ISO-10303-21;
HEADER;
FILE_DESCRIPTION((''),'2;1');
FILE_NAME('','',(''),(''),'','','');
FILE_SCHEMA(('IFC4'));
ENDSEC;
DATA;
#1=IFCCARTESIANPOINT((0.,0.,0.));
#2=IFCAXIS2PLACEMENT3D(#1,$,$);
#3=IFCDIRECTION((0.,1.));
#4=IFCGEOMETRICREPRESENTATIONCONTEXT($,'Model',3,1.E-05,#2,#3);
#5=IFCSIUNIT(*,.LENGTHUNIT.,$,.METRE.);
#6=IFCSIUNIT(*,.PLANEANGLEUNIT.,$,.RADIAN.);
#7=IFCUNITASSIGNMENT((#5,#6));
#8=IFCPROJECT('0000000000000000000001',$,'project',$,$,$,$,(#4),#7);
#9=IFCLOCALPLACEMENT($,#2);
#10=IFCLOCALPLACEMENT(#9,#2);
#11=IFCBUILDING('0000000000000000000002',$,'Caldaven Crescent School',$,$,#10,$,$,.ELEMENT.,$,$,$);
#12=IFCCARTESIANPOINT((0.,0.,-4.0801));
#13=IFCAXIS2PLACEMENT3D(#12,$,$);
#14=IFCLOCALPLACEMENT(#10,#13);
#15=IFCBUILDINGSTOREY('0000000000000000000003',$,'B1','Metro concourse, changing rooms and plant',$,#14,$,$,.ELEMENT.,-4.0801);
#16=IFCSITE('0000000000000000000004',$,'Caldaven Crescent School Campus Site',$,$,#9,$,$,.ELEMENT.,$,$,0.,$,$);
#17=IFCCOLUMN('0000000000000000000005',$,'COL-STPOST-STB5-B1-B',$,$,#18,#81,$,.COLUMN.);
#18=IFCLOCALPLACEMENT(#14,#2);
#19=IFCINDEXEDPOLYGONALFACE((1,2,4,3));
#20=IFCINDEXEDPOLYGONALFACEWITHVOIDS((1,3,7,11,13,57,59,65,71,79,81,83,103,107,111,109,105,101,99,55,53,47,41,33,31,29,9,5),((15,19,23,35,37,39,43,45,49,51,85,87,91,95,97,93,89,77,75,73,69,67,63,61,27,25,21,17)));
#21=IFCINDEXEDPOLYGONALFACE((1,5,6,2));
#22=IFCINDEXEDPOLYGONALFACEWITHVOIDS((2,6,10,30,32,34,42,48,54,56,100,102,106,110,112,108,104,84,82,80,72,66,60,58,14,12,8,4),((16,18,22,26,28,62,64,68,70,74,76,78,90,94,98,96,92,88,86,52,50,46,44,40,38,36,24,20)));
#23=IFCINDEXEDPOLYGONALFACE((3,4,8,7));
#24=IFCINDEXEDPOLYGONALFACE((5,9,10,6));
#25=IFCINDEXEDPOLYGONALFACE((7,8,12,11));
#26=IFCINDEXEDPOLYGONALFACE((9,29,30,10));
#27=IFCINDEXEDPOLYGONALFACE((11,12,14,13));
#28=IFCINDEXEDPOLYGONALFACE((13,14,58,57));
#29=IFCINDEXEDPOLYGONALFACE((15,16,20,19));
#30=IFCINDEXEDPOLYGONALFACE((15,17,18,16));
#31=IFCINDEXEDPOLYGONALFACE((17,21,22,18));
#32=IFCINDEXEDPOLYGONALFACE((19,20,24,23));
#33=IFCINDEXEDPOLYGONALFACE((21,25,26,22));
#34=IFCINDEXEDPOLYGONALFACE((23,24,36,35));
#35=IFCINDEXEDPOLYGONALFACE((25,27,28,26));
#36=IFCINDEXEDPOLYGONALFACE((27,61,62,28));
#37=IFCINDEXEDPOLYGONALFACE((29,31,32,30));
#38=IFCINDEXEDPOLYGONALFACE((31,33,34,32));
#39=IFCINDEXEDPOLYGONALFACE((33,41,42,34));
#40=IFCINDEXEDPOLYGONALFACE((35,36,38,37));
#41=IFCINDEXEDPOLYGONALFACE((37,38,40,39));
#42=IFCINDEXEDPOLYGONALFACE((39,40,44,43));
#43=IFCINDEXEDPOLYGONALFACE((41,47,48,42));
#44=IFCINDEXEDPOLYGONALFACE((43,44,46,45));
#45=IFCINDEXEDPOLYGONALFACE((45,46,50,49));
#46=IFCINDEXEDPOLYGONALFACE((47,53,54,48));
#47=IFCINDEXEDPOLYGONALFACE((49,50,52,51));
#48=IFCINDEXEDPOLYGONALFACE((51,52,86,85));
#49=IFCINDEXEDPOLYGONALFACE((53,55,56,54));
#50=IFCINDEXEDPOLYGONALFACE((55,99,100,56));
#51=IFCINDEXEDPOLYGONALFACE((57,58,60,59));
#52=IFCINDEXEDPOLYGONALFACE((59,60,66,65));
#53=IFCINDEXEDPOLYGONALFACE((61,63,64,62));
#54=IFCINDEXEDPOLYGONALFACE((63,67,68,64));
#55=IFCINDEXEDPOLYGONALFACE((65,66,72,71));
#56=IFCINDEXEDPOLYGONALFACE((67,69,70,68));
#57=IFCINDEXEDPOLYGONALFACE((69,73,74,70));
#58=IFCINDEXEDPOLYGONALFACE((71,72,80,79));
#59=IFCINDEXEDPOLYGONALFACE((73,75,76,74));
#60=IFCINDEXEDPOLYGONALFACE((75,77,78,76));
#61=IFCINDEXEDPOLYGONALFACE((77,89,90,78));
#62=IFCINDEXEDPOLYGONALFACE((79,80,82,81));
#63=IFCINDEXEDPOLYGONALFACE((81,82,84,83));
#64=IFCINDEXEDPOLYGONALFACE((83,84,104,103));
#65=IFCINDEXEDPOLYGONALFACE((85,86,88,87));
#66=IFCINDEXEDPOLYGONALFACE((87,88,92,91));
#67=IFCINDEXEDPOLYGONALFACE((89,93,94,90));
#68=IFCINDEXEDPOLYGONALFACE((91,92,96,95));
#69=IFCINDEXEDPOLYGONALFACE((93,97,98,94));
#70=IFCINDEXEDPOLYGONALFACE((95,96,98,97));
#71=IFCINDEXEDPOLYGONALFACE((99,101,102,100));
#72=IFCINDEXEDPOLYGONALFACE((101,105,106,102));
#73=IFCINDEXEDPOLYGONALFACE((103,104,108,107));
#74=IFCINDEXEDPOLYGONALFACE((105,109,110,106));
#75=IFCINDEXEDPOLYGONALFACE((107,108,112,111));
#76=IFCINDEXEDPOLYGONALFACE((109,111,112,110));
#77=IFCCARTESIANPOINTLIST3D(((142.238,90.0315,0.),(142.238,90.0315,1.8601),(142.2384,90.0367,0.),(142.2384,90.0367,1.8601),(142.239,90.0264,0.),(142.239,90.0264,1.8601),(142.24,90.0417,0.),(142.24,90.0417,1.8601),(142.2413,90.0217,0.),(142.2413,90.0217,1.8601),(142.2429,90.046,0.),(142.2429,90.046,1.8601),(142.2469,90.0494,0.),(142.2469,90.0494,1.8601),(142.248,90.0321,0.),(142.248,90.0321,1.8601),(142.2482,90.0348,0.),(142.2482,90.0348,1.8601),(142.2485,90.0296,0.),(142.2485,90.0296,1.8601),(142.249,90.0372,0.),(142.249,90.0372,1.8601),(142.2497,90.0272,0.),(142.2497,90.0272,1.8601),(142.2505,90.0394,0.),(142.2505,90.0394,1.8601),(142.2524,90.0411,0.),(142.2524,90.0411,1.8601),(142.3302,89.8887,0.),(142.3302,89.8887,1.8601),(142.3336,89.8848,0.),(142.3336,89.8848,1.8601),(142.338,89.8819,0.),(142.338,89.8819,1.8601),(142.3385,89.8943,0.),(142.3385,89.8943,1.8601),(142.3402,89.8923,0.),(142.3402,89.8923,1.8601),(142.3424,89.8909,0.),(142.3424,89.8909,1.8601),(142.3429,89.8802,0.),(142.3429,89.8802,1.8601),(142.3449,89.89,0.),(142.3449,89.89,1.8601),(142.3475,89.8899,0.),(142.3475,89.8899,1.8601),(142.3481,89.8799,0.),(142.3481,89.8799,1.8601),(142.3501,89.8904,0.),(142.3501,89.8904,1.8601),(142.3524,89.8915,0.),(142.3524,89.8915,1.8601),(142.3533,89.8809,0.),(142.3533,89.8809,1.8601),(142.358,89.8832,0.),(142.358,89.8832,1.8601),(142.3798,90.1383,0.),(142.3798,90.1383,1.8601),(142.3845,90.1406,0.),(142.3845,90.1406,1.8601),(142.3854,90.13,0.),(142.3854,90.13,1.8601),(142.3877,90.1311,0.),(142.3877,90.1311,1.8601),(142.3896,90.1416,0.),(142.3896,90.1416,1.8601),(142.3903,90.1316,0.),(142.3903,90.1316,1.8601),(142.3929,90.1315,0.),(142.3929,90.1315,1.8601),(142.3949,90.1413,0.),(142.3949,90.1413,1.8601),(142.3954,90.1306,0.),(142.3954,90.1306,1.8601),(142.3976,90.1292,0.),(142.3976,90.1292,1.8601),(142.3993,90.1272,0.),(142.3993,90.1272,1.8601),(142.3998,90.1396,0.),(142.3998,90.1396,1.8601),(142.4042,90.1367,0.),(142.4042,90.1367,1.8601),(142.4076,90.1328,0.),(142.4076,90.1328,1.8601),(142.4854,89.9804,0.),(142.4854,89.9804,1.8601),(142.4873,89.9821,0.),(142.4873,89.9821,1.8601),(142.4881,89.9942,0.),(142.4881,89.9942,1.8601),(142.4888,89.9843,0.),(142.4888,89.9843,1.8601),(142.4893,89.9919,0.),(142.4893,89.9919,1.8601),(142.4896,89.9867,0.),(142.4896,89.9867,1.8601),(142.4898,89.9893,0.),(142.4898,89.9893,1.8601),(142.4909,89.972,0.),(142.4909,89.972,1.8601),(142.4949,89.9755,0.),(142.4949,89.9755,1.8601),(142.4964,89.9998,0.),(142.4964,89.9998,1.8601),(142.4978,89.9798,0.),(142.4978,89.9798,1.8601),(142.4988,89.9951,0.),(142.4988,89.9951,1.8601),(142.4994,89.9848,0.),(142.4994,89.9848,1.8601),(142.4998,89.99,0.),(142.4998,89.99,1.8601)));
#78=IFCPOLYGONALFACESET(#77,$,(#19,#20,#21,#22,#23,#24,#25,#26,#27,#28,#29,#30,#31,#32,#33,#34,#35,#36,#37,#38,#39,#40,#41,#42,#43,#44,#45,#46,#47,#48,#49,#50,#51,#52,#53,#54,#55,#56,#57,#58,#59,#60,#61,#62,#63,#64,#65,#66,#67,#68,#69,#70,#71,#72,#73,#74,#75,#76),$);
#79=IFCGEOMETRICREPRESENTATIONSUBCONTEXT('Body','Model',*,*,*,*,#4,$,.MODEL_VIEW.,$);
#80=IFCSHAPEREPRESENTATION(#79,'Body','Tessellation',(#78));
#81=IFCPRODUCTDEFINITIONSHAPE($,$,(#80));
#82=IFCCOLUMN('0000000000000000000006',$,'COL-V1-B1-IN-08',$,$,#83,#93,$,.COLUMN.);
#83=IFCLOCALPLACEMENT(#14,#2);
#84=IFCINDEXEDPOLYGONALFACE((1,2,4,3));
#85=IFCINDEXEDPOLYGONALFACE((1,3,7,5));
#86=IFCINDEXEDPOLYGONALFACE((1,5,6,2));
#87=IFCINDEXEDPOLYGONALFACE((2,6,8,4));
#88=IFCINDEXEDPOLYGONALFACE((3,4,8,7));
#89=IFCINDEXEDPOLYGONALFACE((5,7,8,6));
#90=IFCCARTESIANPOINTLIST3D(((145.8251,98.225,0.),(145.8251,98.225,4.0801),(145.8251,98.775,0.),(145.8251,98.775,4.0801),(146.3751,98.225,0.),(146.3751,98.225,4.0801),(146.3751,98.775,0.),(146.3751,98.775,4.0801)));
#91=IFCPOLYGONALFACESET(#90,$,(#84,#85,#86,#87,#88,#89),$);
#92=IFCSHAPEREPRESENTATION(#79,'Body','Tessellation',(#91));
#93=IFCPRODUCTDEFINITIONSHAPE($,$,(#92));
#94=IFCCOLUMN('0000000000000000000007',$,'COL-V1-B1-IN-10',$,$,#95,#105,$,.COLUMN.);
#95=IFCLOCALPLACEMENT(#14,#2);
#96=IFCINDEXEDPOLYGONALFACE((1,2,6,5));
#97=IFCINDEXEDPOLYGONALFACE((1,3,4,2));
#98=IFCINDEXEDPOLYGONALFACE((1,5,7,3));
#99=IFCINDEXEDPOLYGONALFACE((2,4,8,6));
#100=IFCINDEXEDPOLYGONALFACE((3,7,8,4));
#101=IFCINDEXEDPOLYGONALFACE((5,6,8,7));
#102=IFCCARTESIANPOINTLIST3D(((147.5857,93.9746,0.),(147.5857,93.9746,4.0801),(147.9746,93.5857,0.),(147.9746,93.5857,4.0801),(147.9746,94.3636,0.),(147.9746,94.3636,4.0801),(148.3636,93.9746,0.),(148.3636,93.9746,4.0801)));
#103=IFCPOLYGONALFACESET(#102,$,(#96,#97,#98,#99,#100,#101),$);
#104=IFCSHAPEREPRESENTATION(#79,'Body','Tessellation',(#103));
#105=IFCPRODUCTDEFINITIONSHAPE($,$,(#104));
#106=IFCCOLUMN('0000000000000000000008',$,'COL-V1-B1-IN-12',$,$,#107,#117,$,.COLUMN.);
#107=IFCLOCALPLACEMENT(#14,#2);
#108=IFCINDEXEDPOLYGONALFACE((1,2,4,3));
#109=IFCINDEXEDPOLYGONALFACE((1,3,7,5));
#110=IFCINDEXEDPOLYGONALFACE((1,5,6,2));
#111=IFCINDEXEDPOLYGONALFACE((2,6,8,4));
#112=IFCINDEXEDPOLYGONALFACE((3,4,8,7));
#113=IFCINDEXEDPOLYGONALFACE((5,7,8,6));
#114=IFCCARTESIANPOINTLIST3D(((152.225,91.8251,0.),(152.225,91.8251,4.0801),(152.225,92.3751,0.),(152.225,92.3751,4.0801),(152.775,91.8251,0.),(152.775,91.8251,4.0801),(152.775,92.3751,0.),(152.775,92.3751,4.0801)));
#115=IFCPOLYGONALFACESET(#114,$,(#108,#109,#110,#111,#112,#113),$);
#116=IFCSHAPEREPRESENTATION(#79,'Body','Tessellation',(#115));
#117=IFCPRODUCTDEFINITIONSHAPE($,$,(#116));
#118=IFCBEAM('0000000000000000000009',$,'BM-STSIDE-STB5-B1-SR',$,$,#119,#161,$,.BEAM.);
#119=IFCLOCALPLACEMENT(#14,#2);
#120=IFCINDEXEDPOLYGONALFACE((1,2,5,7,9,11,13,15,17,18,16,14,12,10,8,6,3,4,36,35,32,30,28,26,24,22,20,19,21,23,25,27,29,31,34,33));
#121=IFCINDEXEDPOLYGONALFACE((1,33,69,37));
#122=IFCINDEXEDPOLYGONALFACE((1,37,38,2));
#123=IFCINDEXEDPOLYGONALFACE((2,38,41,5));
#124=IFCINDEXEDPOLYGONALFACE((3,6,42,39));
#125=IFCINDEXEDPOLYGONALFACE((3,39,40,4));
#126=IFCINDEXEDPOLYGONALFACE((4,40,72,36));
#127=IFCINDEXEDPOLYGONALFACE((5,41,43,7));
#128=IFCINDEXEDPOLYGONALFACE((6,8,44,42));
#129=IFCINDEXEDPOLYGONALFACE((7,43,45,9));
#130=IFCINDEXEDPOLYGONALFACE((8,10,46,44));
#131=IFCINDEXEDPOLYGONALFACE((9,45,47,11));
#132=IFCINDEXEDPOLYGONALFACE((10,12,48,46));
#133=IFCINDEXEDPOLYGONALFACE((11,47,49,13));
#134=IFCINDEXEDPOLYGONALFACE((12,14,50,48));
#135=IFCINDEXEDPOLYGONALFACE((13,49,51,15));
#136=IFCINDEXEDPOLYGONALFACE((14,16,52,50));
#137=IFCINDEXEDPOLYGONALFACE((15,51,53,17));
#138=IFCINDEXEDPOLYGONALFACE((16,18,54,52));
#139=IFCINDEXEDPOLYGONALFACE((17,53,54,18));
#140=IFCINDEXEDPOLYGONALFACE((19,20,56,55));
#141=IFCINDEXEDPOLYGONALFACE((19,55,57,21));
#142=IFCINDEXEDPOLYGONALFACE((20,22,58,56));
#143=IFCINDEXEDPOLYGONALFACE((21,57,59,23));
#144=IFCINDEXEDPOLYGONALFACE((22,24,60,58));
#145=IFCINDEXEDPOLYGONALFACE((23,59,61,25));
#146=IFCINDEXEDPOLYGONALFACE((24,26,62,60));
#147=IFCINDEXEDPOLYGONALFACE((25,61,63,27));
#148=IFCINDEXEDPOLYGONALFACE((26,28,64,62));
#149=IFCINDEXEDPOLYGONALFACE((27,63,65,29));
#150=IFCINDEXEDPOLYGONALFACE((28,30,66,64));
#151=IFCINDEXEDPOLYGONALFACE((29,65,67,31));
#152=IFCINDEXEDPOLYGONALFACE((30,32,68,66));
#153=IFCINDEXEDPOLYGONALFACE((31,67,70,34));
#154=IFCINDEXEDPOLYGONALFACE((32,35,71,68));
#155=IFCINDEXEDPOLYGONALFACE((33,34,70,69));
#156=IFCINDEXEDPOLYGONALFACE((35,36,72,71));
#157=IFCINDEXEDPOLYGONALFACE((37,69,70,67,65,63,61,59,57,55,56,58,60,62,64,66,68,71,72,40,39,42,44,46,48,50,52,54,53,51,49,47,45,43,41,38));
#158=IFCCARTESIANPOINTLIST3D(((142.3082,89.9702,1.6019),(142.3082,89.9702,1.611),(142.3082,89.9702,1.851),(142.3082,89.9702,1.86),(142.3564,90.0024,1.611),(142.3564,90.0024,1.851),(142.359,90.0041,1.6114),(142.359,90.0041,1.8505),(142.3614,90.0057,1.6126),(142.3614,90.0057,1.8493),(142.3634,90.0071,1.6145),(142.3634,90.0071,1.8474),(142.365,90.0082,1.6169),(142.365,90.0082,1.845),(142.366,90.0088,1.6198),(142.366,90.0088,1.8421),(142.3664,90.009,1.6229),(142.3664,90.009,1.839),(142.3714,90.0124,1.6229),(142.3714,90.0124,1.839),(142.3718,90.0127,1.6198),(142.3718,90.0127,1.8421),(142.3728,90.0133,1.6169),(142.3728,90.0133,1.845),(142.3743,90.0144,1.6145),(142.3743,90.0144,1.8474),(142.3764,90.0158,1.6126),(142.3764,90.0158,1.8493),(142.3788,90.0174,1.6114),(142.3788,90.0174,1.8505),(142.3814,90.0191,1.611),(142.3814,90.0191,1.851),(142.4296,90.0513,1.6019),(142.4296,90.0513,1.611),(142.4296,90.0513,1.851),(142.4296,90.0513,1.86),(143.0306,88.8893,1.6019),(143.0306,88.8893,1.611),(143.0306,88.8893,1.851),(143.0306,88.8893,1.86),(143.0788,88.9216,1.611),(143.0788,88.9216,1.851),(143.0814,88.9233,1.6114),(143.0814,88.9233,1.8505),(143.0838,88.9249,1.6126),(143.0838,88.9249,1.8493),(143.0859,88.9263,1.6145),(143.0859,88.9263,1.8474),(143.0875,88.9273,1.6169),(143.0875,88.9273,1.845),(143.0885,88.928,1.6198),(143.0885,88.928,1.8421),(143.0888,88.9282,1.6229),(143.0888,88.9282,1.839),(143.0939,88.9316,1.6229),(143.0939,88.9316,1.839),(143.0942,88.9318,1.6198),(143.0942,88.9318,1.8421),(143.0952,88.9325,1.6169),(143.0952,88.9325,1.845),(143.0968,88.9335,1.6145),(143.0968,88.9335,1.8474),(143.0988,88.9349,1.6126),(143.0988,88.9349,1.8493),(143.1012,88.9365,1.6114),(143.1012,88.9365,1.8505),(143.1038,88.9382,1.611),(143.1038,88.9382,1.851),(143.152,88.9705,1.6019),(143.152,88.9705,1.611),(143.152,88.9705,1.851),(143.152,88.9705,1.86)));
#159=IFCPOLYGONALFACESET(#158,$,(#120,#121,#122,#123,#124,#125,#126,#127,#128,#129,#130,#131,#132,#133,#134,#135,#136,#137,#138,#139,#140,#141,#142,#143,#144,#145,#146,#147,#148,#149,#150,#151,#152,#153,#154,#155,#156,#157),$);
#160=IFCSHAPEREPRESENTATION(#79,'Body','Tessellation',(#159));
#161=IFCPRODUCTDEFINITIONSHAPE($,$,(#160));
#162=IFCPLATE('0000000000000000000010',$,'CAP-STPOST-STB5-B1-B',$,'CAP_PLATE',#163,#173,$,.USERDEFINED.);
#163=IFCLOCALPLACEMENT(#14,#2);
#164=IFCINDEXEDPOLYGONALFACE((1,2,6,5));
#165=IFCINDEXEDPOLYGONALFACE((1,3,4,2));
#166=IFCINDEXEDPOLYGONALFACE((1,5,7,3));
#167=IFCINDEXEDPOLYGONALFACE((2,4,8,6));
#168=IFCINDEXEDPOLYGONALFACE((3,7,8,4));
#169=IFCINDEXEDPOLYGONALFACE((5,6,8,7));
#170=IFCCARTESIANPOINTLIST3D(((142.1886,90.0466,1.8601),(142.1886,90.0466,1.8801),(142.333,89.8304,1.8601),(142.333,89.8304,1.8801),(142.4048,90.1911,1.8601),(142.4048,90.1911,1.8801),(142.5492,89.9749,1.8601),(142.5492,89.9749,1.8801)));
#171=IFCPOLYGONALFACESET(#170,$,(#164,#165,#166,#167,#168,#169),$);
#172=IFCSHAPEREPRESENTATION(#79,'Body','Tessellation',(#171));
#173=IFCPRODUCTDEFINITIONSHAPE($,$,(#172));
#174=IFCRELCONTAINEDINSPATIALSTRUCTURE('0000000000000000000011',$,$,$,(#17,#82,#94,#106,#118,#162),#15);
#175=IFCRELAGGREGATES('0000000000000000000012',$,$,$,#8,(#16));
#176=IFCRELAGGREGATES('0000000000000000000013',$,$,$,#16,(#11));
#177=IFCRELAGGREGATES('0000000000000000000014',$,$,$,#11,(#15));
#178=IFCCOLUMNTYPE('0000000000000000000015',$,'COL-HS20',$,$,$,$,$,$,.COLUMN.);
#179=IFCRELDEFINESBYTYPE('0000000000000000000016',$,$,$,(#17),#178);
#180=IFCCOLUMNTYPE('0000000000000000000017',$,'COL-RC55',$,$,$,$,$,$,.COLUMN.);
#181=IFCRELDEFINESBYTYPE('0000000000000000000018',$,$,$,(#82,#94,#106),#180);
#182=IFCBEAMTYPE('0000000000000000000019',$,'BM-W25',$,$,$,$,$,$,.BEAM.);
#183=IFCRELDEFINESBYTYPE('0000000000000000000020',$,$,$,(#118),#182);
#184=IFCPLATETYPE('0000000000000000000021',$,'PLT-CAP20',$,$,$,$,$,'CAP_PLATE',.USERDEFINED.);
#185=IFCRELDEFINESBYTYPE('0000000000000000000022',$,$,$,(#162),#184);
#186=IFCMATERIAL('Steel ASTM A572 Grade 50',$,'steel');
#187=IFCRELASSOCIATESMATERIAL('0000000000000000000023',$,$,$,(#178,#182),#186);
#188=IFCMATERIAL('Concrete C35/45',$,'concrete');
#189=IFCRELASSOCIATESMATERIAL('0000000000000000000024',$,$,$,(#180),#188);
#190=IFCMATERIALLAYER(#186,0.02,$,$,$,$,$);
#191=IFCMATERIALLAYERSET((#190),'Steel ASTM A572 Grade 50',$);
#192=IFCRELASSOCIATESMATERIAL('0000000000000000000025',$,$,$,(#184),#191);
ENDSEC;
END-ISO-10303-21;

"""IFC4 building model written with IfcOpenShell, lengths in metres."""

from ifc_helpers import new_model, si_unit, direction, frame, origin, origin_2d, place, context, subcontext, project, spatial, rectangle, hollow_rectangle, i_section, extrude, material, layer, layer_set, material_profile, profile_set, type_object, element, save


model = new_model("IFC4")

# Units and contexts
model_context = context("Model", 3, precision=1e-05, world=origin(), true_north=direction((0.0, 1.0)))
body_context = subcontext(model_context, "Body", "Model", "MODEL_VIEW")
ifc_project = project(units=[si_unit("LENGTHUNIT", "METRE"), si_unit("PLANEANGLEUNIT", "RADIAN")], contexts=[model_context])

# Site, building, storey
site_placement = place(None, origin())
site = spatial("IfcSite", under=ifc_project, at=site_placement, Name="Caldaven Crescent School Campus Site", CompositionType="ELEMENT", RefElevation=0.0)
building_placement = place(site_placement, origin())
building = spatial("IfcBuilding", under=site, at=building_placement, Name="Caldaven Crescent School", CompositionType="ELEMENT")
storey_placement = place(building_placement, frame((0.0, 0.0, -4.0801)))
storey = spatial("IfcBuildingStorey", under=building, at=storey_placement, Name="B1", Description="Metro concourse, changing rooms and plant", CompositionType="ELEMENT", Elevation=-4.0801)

# Shared definitions
ifc_material_1 = material(Name="Concrete C35/45", Category="concrete")

# Columns
ifc_material_2 = material(Name="Steel ASTM A572 Grade 50", Category="steel")
ifc_material_profile_1 = material_profile(ifc_material_2, hollow_rectangle(XDim=0.2, YDim=0.2, WallThickness=0.01, InnerFilletRadius=0.01, OuterFilletRadius=0.02, at=origin_2d()), Name="HSS 200x200x10")
ifc_profile_set_1 = profile_set([ifc_material_profile_1], Name="Steel ASTM A572 Grade 50")
column_type_1 = type_object("IfcColumnType", Name="COL-HS20", PredefinedType="COLUMN", material=ifc_profile_set_1)
column_placement = place(storey_placement, frame((142.3689, 90.0107, 0.0), z_axis=(0.0, 0.0, 1.0), x_axis=(0.55557, -0.83147, 0.0)))
element("IfcColumn", 1, at=column_placement, inside=storey, type_object=column_type_1, Name="COL-STPOST-STB5-B1-B", PredefinedType="COLUMN", context=body_context, shape_type="SweptSolid", body=[
    extrude(hollow_rectangle(XDim=0.2, YDim=0.2, WallThickness=0.01, InnerFilletRadius=0.01, OuterFilletRadius=0.02, at=origin_2d()), origin(), (0.0, 0.0, 1.0), 1.8601),
])
ifc_material_profile_2 = material_profile(ifc_material_1, rectangle(XDim=0.55, YDim=0.55, at=origin_2d()), Name="RC 550x550")
ifc_profile_set_2 = profile_set([ifc_material_profile_2], Name="Concrete C35/45")
column_type_2 = type_object("IfcColumnType", Name="COL-RC55", PredefinedType="COLUMN", material=ifc_profile_set_2)
for number, where, z_axis, x_axis, name in (
    (2, (146.1001, 98.5, 0.0), (0.0, 0.0, 1.0), (-1.0, 0.0, 0.0), "COL-V1-B1-IN-08"),
    (3, (147.9746, 93.9746, 0.0), (0.0, 0.0, 1.0), (-0.707107, -0.707107, 0.0), "COL-V1-B1-IN-10"),
    (4, (152.5, 92.1001, 0.0), (0.0, 0.0, 1.0), (0.0, -1.0, 0.0), "COL-V1-B1-IN-12"),
):
    element("IfcColumn", number, at=place(storey_placement, frame(where, z_axis=z_axis, x_axis=x_axis)), inside=storey, type_object=column_type_2, Name=name, PredefinedType="COLUMN", context=body_context, shape_type="SweptSolid", body=[
        extrude(rectangle(XDim=0.55, YDim=0.55, at=origin_2d()), origin(), (0.0, 0.0, 1.0), 4.0801),
    ])

# Beam
ifc_material_profile_3 = material_profile(ifc_material_2, i_section(OverallWidth=0.146, OverallDepth=0.2581, WebThickness=0.0061, FlangeThickness=0.009, FilletRadius=0.012, at=origin_2d()), Name="W250x33")
ifc_profile_set_3 = profile_set([ifc_material_profile_3], Name="Steel ASTM A572 Grade 50")
beam_type = type_object("IfcBeamType", Name="BM-W25", PredefinedType="BEAM", material=ifc_profile_set_3)
beam_placement = place(storey_placement, frame((142.3689, 90.0107, 1.731), z_axis=(0.555697, -0.831385, 0.0), x_axis=(0.831385, 0.555697, 0.0)))
element("IfcBeam", 5, at=beam_placement, inside=storey, type_object=beam_type, Name="BM-STSIDE-STB5-B1-SR", PredefinedType="BEAM", context=body_context, shape_type="SweptSolid", body=[
    extrude(i_section(OverallWidth=0.146, OverallDepth=0.2581, WebThickness=0.0061, FlangeThickness=0.009, FilletRadius=0.012, at=origin_2d()), origin(), (0.0, 0.0, 1.0), 1.3),
])

# Plate
ifc_layer_1 = layer(ifc_material_2, 0.02)
ifc_layer_set_1 = layer_set([ifc_layer_1], Name="Steel ASTM A572 Grade 50")
plate_type = type_object("IfcPlateType", Name="PLT-CAP20", ElementType="CAP_PLATE", PredefinedType="USERDEFINED", material=ifc_layer_set_1)
plate_placement = place(storey_placement, frame((142.3689, 90.0107, 1.8601), z_axis=(0.0, 0.0, 1.0), x_axis=(0.55557, -0.83147, 0.0)))
element("IfcPlate", 6, at=plate_placement, inside=storey, type_object=plate_type, Name="CAP-STPOST-STB5-B1-B", ObjectType="CAP_PLATE", PredefinedType="USERDEFINED", context=body_context, shape_type="SweptSolid", body=[
    extrude(rectangle(XDim=0.26, YDim=0.26, at=origin_2d()), origin(), (0.0, 0.0, 1.0), 0.02),
])

save(model, "model.ifc")
